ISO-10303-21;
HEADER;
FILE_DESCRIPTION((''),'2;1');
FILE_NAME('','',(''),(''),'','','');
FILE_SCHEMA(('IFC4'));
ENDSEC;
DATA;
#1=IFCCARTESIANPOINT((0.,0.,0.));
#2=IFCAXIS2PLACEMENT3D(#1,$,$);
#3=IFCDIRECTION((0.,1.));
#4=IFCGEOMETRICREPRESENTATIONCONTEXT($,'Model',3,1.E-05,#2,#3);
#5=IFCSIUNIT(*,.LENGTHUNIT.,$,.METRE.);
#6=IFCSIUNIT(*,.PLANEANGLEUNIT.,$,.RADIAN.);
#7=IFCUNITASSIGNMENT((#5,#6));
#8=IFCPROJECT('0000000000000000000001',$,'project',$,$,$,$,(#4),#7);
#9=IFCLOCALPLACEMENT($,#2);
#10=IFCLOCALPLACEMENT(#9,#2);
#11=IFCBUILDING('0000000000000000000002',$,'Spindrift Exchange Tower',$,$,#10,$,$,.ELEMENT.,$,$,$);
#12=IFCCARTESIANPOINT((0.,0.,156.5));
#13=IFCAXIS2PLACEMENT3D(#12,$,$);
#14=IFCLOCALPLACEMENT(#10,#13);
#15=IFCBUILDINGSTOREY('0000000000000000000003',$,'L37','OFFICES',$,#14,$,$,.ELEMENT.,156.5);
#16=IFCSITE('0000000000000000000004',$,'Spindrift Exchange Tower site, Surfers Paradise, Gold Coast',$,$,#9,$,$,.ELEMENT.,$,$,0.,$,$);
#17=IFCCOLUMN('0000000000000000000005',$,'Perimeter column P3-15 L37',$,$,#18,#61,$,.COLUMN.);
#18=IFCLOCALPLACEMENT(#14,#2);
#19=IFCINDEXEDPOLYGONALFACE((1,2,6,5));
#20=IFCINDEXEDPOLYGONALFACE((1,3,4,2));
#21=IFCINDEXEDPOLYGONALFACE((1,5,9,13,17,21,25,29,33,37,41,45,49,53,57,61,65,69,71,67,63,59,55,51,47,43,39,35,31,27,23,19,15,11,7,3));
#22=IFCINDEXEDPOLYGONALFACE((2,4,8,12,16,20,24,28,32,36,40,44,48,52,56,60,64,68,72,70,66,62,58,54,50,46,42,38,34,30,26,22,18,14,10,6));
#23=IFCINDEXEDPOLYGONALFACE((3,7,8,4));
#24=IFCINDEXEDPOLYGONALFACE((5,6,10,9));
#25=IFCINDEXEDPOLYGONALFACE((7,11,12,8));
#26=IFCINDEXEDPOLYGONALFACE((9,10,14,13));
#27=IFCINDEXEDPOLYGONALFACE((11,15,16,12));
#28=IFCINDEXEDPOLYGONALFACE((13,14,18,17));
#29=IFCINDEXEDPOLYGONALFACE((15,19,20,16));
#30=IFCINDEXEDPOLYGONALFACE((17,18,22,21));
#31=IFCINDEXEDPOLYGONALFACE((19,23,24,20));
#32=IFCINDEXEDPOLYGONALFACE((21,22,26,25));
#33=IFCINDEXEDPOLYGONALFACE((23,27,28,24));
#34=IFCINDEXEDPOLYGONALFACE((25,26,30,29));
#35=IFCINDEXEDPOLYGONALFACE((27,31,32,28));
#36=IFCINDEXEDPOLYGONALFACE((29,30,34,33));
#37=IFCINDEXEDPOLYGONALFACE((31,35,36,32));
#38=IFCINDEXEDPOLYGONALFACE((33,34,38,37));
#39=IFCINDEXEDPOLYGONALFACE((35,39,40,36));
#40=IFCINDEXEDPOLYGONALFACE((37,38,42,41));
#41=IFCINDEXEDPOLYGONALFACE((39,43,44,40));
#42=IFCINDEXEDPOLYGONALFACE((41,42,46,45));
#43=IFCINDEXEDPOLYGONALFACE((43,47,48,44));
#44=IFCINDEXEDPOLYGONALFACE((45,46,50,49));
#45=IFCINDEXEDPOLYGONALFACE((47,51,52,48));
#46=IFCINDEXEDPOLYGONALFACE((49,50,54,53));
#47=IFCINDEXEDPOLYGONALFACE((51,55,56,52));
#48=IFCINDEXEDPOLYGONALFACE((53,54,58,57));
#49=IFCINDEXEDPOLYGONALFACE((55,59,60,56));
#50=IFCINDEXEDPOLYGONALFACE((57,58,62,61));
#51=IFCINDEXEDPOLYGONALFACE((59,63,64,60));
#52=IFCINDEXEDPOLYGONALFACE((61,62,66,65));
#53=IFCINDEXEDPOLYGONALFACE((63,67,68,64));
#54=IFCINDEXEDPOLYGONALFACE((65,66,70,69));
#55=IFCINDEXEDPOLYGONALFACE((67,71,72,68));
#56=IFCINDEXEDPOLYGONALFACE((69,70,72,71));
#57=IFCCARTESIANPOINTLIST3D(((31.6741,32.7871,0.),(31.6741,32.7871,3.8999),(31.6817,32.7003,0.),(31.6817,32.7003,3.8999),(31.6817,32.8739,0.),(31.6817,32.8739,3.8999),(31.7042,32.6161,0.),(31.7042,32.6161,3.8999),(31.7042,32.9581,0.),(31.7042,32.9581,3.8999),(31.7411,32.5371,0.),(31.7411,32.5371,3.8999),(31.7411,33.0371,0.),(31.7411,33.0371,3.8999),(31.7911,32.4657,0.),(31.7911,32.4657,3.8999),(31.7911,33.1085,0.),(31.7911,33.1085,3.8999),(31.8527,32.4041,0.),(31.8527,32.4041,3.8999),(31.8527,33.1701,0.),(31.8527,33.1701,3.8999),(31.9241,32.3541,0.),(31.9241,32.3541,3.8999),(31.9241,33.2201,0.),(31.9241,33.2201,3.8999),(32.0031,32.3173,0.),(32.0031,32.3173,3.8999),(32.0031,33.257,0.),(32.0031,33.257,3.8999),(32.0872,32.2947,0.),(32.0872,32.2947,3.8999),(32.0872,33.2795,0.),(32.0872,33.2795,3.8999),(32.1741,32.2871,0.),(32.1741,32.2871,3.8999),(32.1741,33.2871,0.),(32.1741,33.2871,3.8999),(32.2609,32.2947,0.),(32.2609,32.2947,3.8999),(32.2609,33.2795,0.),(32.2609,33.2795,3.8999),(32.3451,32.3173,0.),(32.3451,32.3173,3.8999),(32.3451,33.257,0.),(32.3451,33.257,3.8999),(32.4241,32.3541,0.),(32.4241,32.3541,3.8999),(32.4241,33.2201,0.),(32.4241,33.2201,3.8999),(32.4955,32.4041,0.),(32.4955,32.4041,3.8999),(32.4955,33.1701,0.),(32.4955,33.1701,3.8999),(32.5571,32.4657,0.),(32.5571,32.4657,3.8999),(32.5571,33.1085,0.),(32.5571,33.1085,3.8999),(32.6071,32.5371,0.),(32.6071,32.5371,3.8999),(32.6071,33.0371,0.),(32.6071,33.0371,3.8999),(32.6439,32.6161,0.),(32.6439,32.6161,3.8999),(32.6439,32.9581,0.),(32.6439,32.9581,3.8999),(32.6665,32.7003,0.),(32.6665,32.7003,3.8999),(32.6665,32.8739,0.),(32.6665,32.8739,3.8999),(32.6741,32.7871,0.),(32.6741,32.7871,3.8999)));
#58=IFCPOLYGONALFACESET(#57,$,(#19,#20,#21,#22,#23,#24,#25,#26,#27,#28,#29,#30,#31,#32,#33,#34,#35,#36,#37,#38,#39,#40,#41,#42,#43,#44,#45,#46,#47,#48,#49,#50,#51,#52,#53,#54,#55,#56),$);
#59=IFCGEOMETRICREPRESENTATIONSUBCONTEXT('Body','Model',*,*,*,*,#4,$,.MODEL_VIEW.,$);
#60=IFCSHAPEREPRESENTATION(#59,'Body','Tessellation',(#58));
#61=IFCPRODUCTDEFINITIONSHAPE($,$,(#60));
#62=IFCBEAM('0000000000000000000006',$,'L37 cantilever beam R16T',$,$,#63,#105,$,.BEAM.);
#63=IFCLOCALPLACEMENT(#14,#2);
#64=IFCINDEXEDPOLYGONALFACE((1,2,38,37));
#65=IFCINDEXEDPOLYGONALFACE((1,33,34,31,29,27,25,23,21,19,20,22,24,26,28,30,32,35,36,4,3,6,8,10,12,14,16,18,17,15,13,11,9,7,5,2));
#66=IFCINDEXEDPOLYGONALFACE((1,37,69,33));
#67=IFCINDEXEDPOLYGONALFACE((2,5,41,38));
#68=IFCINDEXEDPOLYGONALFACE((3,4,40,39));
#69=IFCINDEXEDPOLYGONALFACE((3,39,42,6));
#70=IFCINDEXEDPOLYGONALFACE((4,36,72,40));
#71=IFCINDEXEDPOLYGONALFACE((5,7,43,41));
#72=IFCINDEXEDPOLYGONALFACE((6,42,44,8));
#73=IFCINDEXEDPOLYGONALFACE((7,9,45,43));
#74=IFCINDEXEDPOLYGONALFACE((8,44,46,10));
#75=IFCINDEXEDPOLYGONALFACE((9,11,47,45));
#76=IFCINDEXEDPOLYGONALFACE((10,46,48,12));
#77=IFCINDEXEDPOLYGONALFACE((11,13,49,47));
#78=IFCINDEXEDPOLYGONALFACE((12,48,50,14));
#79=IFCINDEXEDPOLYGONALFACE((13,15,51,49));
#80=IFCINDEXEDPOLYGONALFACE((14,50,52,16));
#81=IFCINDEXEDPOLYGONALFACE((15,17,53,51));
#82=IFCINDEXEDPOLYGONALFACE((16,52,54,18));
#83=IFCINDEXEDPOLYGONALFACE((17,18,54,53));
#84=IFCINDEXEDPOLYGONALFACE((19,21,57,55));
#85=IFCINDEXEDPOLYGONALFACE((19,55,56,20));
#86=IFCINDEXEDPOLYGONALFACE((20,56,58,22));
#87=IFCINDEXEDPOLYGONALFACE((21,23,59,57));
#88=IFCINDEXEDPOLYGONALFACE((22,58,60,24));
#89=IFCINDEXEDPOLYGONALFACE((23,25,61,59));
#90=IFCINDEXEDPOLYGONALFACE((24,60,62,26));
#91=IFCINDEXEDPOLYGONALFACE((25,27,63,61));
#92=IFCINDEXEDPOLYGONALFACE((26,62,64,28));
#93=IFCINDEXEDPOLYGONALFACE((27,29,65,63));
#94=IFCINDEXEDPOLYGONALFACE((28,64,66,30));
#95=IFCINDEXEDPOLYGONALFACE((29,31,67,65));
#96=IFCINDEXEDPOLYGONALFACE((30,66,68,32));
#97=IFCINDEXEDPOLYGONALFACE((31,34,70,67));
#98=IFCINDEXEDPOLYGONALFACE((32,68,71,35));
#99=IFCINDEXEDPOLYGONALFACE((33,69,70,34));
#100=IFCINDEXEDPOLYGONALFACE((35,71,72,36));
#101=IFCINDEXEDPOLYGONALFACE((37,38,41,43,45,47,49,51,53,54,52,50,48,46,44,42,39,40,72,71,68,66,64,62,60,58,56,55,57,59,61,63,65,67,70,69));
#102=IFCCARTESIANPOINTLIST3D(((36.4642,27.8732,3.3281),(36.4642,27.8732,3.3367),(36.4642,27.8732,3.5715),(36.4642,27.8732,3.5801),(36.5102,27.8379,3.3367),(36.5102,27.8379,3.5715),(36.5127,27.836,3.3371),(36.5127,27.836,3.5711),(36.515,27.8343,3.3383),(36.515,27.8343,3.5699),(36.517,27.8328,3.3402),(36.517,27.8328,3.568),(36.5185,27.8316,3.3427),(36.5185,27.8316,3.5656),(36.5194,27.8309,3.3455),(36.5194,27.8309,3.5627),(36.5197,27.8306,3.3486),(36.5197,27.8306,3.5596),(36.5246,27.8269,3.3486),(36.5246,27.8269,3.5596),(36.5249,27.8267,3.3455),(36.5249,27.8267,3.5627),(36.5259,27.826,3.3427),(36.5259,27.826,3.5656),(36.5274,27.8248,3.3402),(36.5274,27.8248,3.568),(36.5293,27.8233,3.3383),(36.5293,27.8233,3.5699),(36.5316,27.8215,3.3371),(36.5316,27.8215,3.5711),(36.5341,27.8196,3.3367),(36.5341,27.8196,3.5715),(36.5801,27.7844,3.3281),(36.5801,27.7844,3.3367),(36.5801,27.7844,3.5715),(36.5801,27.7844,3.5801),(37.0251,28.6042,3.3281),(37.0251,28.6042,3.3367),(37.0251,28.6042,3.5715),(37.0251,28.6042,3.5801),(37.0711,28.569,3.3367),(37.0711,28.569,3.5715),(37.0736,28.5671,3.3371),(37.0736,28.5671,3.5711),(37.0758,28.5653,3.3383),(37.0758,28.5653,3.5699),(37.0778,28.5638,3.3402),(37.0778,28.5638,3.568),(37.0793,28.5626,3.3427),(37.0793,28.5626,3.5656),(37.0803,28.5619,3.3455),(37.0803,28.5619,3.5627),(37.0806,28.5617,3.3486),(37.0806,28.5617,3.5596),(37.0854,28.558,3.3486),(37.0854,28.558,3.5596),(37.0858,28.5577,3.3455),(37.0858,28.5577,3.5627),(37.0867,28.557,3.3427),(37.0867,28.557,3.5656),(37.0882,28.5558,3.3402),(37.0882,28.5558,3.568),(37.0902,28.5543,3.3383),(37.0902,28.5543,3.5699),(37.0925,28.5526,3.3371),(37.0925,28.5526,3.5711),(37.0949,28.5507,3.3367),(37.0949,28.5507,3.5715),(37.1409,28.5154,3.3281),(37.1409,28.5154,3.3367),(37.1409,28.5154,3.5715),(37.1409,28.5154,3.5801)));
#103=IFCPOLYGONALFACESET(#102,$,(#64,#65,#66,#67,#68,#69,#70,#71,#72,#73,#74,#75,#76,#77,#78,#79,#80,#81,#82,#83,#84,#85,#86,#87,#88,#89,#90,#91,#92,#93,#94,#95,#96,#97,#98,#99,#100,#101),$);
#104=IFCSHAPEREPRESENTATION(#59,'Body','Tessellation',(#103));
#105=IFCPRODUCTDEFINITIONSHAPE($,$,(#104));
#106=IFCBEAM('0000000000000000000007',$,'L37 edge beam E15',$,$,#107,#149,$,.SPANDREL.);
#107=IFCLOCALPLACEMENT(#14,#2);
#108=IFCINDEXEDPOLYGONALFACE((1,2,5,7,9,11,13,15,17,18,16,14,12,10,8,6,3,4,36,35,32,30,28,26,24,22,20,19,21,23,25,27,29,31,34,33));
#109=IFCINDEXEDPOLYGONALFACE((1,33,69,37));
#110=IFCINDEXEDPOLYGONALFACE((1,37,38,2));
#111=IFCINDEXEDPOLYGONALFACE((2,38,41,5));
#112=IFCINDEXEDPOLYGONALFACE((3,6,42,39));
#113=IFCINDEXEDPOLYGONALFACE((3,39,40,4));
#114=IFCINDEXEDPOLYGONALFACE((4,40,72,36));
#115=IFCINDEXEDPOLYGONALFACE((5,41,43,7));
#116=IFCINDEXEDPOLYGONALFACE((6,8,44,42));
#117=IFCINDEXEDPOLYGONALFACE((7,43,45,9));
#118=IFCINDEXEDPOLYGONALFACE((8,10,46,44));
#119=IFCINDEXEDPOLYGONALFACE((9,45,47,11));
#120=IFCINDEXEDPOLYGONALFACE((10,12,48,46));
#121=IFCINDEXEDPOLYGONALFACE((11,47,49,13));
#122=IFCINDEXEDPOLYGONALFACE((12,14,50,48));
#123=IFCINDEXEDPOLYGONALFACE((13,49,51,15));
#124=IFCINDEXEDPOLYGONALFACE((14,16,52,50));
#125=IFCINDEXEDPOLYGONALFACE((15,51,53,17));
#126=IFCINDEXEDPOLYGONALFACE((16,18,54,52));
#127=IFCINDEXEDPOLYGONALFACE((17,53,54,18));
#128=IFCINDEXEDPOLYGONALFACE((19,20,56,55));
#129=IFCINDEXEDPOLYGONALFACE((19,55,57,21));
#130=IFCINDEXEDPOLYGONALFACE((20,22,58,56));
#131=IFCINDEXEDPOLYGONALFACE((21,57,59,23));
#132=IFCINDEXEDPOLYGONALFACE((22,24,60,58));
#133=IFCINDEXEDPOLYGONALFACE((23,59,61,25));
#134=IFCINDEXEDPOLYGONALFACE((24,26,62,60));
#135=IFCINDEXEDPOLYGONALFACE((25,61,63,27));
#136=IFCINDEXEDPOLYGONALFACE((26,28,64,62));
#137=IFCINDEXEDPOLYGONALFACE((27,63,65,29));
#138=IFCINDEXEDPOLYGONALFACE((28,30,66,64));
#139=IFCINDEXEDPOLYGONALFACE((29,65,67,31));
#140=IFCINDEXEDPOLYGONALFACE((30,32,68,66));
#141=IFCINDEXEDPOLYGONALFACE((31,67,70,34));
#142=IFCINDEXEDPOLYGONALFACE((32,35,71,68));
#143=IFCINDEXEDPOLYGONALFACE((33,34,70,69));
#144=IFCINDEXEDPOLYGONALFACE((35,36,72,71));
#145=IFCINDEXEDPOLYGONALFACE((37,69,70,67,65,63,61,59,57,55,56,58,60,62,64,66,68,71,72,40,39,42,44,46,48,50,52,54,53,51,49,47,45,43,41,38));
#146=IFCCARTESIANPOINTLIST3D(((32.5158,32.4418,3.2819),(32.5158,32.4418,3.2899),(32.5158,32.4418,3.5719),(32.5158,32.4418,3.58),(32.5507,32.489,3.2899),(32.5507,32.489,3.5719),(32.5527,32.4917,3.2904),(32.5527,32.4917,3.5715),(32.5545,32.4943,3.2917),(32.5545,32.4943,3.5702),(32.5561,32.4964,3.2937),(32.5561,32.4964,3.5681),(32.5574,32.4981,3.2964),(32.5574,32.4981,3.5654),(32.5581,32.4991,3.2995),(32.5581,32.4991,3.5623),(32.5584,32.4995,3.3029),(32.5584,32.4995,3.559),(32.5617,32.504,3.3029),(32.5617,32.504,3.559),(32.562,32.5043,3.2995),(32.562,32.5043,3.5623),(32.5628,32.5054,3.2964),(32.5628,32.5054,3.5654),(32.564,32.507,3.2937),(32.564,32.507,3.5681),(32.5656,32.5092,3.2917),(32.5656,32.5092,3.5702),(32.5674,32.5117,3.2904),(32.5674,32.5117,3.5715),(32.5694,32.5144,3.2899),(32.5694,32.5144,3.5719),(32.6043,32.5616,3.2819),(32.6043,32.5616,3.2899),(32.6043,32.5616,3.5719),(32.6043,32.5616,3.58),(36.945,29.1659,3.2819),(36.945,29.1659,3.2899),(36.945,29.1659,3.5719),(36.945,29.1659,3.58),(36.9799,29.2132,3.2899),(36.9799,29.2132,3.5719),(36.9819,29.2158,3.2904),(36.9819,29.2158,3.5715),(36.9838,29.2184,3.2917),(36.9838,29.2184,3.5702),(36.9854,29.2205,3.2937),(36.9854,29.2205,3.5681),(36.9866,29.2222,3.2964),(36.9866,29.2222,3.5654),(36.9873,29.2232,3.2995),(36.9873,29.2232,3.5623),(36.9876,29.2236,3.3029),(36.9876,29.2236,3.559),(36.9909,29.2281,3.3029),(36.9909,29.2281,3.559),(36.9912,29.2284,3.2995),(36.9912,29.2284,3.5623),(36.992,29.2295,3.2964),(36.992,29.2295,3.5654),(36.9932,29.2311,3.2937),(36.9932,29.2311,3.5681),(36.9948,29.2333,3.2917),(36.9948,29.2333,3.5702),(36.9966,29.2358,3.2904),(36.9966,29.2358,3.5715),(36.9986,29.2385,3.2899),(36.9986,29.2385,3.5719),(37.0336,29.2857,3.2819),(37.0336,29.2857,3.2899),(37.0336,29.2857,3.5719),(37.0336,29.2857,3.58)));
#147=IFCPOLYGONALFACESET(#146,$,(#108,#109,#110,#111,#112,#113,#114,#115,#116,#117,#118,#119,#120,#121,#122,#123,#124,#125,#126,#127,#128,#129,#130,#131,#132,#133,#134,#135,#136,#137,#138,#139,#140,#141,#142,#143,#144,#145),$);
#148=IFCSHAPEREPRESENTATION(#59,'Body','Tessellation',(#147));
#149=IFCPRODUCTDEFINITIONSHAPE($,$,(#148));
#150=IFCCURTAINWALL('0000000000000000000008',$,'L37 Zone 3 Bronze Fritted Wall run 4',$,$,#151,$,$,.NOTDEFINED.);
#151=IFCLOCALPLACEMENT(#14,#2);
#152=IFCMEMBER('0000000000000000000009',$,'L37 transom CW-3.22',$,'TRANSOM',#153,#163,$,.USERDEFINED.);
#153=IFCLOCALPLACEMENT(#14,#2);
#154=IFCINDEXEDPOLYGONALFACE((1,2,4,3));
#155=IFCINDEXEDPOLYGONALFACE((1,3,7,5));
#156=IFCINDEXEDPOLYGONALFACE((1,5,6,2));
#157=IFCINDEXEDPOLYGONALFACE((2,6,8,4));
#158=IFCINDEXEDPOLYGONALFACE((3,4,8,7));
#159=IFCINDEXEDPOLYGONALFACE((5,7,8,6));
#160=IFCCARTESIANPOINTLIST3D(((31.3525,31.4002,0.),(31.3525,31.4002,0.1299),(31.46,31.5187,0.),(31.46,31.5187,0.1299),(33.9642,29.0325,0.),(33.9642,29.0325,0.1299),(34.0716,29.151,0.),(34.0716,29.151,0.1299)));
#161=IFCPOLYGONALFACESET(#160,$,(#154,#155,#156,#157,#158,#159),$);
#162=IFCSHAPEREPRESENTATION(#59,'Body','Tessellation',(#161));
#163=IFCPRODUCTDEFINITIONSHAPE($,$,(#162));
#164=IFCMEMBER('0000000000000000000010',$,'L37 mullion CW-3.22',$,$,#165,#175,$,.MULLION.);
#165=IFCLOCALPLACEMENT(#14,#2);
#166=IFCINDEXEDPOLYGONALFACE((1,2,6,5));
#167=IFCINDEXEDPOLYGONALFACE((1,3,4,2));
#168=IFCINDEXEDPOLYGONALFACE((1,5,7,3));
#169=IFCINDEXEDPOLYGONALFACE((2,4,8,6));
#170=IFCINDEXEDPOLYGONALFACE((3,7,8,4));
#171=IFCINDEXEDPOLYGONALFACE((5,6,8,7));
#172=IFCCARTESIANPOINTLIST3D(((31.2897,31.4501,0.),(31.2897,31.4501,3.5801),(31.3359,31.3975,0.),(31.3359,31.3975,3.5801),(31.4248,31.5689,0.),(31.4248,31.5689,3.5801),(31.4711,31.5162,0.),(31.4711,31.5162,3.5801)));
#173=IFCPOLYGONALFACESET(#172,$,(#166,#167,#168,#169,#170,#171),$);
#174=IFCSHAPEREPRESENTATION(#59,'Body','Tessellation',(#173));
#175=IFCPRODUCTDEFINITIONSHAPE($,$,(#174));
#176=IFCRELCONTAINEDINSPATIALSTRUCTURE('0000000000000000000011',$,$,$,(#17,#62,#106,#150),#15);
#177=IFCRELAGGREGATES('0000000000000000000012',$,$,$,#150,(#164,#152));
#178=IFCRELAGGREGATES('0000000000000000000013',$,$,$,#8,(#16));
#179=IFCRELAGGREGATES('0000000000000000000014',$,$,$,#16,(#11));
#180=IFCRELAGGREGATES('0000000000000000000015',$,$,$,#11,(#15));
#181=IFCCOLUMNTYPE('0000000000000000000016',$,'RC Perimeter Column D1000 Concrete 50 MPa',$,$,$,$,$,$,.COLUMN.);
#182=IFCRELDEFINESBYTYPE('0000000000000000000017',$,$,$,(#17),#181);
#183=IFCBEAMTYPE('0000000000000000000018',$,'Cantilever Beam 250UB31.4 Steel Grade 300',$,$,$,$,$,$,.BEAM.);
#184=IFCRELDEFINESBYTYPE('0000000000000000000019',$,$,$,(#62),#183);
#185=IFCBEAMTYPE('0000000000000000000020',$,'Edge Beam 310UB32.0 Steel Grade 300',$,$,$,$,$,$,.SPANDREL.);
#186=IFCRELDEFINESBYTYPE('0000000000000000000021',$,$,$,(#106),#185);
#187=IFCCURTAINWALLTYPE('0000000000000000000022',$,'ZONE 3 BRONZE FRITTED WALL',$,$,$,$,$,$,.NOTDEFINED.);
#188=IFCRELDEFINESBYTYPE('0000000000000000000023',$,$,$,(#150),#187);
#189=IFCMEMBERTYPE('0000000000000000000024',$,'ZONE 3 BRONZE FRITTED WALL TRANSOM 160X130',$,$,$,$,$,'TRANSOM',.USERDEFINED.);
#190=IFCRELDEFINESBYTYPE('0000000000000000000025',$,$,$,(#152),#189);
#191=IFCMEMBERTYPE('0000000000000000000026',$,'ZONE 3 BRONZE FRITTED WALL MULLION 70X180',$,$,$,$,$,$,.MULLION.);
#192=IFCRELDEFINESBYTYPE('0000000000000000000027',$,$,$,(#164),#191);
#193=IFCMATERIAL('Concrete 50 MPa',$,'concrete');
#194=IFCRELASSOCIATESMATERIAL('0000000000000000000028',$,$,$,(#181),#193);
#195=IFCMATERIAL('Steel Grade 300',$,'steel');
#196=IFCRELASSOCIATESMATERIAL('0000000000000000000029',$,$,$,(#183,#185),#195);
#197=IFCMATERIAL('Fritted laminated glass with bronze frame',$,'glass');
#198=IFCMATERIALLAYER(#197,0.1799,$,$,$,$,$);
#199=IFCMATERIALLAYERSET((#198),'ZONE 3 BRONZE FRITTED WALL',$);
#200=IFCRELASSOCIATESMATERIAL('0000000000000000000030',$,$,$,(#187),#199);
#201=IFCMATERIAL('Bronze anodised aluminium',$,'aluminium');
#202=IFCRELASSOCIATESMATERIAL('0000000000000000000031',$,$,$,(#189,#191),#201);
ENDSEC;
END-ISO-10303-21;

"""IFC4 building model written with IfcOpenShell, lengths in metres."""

from ifc_helpers import new_model, si_unit, direction, frame, origin, origin_2d, place, context, subcontext, project, spatial, rectangle, circle, i_section, extrude, source, transform, mapped, material, layer, layer_set, material_profile, profile_set, type_object, element, aggregate, save


model = new_model("IFC4")

# Units and contexts
model_context = context("Model", 3, precision=1e-05, world=origin(), true_north=direction((0.0, 1.0)))
body_context = subcontext(model_context, "Body", "Model", "MODEL_VIEW")
ifc_project = project(units=[si_unit("LENGTHUNIT", "METRE"), si_unit("PLANEANGLEUNIT", "RADIAN")], contexts=[model_context])

# Site, building, storey
site_placement = place(None, origin())
site = spatial("IfcSite", under=ifc_project, at=site_placement, Name="Spindrift Exchange Tower site, Surfers Paradise, Gold Coast", CompositionType="ELEMENT", RefElevation=0.0)
building_placement = place(site_placement, origin())
building = spatial("IfcBuilding", under=site, at=building_placement, Name="Spindrift Exchange Tower", CompositionType="ELEMENT")
storey_placement = place(building_placement, frame((0.0, 0.0, 156.5)))
storey = spatial("IfcBuildingStorey", under=building, at=storey_placement, Name="L37", Description="OFFICES", CompositionType="ELEMENT", Elevation=156.5)

# Column
ifc_material_1 = material(Name="Concrete 50 MPa", Category="concrete")
ifc_material_profile_1 = material_profile(ifc_material_1, circle(Radius=0.5, at=origin_2d()), Name="RC D1000")
ifc_profile_set_1 = profile_set([ifc_material_profile_1], Name="Concrete 50 MPa")
column_type = type_object("IfcColumnType", Name="RC Perimeter Column D1000 Concrete 50 MPa", PredefinedType="COLUMN", material=ifc_profile_set_1)
shared_shape_1 = source(origin(), body_context, "Body", "SweptSolid", [
    extrude(circle(Radius=0.5, at=origin_2d()), origin(), (0.0, 0.0, 1.0), 3.8999),
])
column_placement = place(storey_placement, frame((32.1741, 32.7871, 0.0), z_axis=(0.0, 0.0, 1.0), x_axis=(1.0, 0.0, 0.0)))
element("IfcColumn", 1, at=column_placement, inside=storey, type_object=column_type, Name="Perimeter column P3-15 L37", PredefinedType="COLUMN", context=body_context, shape_type="MappedRepresentation", body=[
    mapped(shared_shape_1, transform((0.0, 0.0, 0.0), scale=1.0)),
])

# Beams
ifc_material_2 = material(Name="Steel Grade 300", Category="steel")
ifc_material_profile_2 = material_profile(ifc_material_2, i_section(OverallWidth=0.146, OverallDepth=0.252, WebThickness=0.0061, FlangeThickness=0.0085, FilletRadius=0.012, at=origin_2d()), Name="250UB31.4")
ifc_profile_set_2 = profile_set([ifc_material_profile_2], Name="Steel Grade 300")
beam_type_1 = type_object("IfcBeamType", Name="Cantilever Beam 250UB31.4 Steel Grade 300", PredefinedType="BEAM", material=ifc_profile_set_2)
shared_shape_2 = source(origin(), body_context, "Body", "SweptSolid", [
    extrude(i_section(OverallWidth=0.146, OverallDepth=0.252, WebThickness=0.0061, FlangeThickness=0.0085, FilletRadius=0.012, at=origin_2d()), origin(), (0.0, 0.0, 1.0), 0.9214),
])
beam_1_placement = place(storey_placement, frame((37.083, 28.5598, 3.4541), z_axis=(-0.608699, -0.793402, 0.0), x_axis=(0.793402, -0.608699, 0.0)))
element("IfcBeam", 2, at=beam_1_placement, inside=storey, type_object=beam_type_1, Name="L37 cantilever beam R16T", PredefinedType="BEAM", context=body_context, shape_type="MappedRepresentation", body=[
    mapped(shared_shape_2, transform((0.0, 0.0, 0.0), scale=1.0)),
])
ifc_material_profile_3 = material_profile(ifc_material_2, i_section(OverallWidth=0.1489, OverallDepth=0.2981, WebThickness=0.0056, FlangeThickness=0.0081, FilletRadius=0.0129, at=origin_2d()), Name="310UB32.0")
ifc_profile_set_3 = profile_set([ifc_material_profile_3], Name="Steel Grade 300")
beam_type_2 = type_object("IfcBeamType", Name="Edge Beam 310UB32.0 Steel Grade 300", PredefinedType="SPANDREL", material=ifc_profile_set_3)
shared_shape_3 = source(origin(), body_context, "Body", "SweptSolid", [
    extrude(i_section(OverallWidth=0.1489, OverallDepth=0.2981, WebThickness=0.0056, FlangeThickness=0.0081, FilletRadius=0.0129, at=origin_2d()), origin(), (0.0, 0.0, 1.0), 5.509),
])
beam_2_placement = place(storey_placement, frame((32.5601, 32.5017, 3.4309), z_axis=(0.803992, -0.59464, 0.0), x_axis=(0.59464, 0.803992, 0.0)))
element("IfcBeam", 3, at=beam_2_placement, inside=storey, type_object=beam_type_2, Name="L37 edge beam E15", PredefinedType="SPANDREL", context=body_context, shape_type="MappedRepresentation", body=[
    mapped(shared_shape_3, transform((0.0, 0.0, 0.0), scale=1.0)),
])

# Curtain wall, members
ifc_material_3 = material(Name="Fritted laminated glass with bronze frame", Category="glass")
ifc_layer_1 = layer(ifc_material_3, 0.1799)
ifc_layer_set_1 = layer_set([ifc_layer_1], Name="ZONE 3 BRONZE FRITTED WALL")
curtain_wall_type = type_object("IfcCurtainWallType", Name="ZONE 3 BRONZE FRITTED WALL", PredefinedType="NOTDEFINED", material=ifc_layer_set_1)
curtain_wall_placement = place(storey_placement, origin())
curtain_wall = element("IfcCurtainWall", 4, at=curtain_wall_placement, inside=storey, type_object=curtain_wall_type, Name="L37 Zone 3 Bronze Fritted Wall run 4", PredefinedType="NOTDEFINED")
ifc_material_4 = material(Name="Bronze anodised aluminium", Category="aluminium")
ifc_material_profile_4 = material_profile(ifc_material_4, rectangle(XDim=0.1599, YDim=0.1299, at=origin_2d()), Name="ZONE 3 BRONZE FRITTED WALL TRANSOM 160X130")
ifc_profile_set_4 = profile_set([ifc_material_profile_4], Name="Bronze anodised aluminium")
member_type_1 = type_object("IfcMemberType", Name="ZONE 3 BRONZE FRITTED WALL TRANSOM 160X130", ElementType="TRANSOM", PredefinedType="USERDEFINED", material=ifc_profile_set_4)
shared_shape_4 = source(origin(), body_context, "Body", "SweptSolid", [
    extrude(rectangle(XDim=0.1599, YDim=0.1299, at=origin_2d()), origin(), (0.0, 0.0, 1.0), 3.5251),
])
member_1_placement = place(storey_placement, frame((31.4062, 31.4595, 0.0649), z_axis=(0.740854, -0.671666, 0.0), x_axis=(0.671666, 0.740854, 0.0)))
member_1 = element("IfcMember", 5, at=member_1_placement, type_object=member_type_1, Name="L37 transom CW-3.22", ObjectType="TRANSOM", PredefinedType="USERDEFINED", context=body_context, shape_type="MappedRepresentation", body=[
    mapped(shared_shape_4, transform((0.0, 0.0, 0.0), scale=1.0)),
])
ifc_material_profile_5 = material_profile(ifc_material_4, rectangle(XDim=0.0701, YDim=0.1799, at=origin_2d()), Name="ZONE 3 BRONZE FRITTED WALL MULLION 70X180")
ifc_profile_set_5 = profile_set([ifc_material_profile_5], Name="Bronze anodised aluminium")
member_type_2 = type_object("IfcMemberType", Name="ZONE 3 BRONZE FRITTED WALL MULLION 70X180", PredefinedType="MULLION", material=ifc_profile_set_5)
shared_shape_5 = source(origin(), body_context, "Body", "SweptSolid", [
    extrude(rectangle(XDim=0.0701, YDim=0.1799, at=origin_2d()), origin(), (0.0, 0.0, 1.0), 3.5801),
])
member_2_placement = place(storey_placement, frame((31.3804, 31.4832, 0.0), z_axis=(0.0, 0.0, 1.0), x_axis=(0.660006, -0.75126, 0.0)))
member_2 = element("IfcMember", 6, at=member_2_placement, type_object=member_type_2, Name="L37 mullion CW-3.22", PredefinedType="MULLION", context=body_context, shape_type="MappedRepresentation", body=[
    mapped(shared_shape_5, transform((0.0, 0.0, 0.0), scale=1.0)),
])

aggregate(curtain_wall, [member_2, member_1])

save(model, "model.ifc")
